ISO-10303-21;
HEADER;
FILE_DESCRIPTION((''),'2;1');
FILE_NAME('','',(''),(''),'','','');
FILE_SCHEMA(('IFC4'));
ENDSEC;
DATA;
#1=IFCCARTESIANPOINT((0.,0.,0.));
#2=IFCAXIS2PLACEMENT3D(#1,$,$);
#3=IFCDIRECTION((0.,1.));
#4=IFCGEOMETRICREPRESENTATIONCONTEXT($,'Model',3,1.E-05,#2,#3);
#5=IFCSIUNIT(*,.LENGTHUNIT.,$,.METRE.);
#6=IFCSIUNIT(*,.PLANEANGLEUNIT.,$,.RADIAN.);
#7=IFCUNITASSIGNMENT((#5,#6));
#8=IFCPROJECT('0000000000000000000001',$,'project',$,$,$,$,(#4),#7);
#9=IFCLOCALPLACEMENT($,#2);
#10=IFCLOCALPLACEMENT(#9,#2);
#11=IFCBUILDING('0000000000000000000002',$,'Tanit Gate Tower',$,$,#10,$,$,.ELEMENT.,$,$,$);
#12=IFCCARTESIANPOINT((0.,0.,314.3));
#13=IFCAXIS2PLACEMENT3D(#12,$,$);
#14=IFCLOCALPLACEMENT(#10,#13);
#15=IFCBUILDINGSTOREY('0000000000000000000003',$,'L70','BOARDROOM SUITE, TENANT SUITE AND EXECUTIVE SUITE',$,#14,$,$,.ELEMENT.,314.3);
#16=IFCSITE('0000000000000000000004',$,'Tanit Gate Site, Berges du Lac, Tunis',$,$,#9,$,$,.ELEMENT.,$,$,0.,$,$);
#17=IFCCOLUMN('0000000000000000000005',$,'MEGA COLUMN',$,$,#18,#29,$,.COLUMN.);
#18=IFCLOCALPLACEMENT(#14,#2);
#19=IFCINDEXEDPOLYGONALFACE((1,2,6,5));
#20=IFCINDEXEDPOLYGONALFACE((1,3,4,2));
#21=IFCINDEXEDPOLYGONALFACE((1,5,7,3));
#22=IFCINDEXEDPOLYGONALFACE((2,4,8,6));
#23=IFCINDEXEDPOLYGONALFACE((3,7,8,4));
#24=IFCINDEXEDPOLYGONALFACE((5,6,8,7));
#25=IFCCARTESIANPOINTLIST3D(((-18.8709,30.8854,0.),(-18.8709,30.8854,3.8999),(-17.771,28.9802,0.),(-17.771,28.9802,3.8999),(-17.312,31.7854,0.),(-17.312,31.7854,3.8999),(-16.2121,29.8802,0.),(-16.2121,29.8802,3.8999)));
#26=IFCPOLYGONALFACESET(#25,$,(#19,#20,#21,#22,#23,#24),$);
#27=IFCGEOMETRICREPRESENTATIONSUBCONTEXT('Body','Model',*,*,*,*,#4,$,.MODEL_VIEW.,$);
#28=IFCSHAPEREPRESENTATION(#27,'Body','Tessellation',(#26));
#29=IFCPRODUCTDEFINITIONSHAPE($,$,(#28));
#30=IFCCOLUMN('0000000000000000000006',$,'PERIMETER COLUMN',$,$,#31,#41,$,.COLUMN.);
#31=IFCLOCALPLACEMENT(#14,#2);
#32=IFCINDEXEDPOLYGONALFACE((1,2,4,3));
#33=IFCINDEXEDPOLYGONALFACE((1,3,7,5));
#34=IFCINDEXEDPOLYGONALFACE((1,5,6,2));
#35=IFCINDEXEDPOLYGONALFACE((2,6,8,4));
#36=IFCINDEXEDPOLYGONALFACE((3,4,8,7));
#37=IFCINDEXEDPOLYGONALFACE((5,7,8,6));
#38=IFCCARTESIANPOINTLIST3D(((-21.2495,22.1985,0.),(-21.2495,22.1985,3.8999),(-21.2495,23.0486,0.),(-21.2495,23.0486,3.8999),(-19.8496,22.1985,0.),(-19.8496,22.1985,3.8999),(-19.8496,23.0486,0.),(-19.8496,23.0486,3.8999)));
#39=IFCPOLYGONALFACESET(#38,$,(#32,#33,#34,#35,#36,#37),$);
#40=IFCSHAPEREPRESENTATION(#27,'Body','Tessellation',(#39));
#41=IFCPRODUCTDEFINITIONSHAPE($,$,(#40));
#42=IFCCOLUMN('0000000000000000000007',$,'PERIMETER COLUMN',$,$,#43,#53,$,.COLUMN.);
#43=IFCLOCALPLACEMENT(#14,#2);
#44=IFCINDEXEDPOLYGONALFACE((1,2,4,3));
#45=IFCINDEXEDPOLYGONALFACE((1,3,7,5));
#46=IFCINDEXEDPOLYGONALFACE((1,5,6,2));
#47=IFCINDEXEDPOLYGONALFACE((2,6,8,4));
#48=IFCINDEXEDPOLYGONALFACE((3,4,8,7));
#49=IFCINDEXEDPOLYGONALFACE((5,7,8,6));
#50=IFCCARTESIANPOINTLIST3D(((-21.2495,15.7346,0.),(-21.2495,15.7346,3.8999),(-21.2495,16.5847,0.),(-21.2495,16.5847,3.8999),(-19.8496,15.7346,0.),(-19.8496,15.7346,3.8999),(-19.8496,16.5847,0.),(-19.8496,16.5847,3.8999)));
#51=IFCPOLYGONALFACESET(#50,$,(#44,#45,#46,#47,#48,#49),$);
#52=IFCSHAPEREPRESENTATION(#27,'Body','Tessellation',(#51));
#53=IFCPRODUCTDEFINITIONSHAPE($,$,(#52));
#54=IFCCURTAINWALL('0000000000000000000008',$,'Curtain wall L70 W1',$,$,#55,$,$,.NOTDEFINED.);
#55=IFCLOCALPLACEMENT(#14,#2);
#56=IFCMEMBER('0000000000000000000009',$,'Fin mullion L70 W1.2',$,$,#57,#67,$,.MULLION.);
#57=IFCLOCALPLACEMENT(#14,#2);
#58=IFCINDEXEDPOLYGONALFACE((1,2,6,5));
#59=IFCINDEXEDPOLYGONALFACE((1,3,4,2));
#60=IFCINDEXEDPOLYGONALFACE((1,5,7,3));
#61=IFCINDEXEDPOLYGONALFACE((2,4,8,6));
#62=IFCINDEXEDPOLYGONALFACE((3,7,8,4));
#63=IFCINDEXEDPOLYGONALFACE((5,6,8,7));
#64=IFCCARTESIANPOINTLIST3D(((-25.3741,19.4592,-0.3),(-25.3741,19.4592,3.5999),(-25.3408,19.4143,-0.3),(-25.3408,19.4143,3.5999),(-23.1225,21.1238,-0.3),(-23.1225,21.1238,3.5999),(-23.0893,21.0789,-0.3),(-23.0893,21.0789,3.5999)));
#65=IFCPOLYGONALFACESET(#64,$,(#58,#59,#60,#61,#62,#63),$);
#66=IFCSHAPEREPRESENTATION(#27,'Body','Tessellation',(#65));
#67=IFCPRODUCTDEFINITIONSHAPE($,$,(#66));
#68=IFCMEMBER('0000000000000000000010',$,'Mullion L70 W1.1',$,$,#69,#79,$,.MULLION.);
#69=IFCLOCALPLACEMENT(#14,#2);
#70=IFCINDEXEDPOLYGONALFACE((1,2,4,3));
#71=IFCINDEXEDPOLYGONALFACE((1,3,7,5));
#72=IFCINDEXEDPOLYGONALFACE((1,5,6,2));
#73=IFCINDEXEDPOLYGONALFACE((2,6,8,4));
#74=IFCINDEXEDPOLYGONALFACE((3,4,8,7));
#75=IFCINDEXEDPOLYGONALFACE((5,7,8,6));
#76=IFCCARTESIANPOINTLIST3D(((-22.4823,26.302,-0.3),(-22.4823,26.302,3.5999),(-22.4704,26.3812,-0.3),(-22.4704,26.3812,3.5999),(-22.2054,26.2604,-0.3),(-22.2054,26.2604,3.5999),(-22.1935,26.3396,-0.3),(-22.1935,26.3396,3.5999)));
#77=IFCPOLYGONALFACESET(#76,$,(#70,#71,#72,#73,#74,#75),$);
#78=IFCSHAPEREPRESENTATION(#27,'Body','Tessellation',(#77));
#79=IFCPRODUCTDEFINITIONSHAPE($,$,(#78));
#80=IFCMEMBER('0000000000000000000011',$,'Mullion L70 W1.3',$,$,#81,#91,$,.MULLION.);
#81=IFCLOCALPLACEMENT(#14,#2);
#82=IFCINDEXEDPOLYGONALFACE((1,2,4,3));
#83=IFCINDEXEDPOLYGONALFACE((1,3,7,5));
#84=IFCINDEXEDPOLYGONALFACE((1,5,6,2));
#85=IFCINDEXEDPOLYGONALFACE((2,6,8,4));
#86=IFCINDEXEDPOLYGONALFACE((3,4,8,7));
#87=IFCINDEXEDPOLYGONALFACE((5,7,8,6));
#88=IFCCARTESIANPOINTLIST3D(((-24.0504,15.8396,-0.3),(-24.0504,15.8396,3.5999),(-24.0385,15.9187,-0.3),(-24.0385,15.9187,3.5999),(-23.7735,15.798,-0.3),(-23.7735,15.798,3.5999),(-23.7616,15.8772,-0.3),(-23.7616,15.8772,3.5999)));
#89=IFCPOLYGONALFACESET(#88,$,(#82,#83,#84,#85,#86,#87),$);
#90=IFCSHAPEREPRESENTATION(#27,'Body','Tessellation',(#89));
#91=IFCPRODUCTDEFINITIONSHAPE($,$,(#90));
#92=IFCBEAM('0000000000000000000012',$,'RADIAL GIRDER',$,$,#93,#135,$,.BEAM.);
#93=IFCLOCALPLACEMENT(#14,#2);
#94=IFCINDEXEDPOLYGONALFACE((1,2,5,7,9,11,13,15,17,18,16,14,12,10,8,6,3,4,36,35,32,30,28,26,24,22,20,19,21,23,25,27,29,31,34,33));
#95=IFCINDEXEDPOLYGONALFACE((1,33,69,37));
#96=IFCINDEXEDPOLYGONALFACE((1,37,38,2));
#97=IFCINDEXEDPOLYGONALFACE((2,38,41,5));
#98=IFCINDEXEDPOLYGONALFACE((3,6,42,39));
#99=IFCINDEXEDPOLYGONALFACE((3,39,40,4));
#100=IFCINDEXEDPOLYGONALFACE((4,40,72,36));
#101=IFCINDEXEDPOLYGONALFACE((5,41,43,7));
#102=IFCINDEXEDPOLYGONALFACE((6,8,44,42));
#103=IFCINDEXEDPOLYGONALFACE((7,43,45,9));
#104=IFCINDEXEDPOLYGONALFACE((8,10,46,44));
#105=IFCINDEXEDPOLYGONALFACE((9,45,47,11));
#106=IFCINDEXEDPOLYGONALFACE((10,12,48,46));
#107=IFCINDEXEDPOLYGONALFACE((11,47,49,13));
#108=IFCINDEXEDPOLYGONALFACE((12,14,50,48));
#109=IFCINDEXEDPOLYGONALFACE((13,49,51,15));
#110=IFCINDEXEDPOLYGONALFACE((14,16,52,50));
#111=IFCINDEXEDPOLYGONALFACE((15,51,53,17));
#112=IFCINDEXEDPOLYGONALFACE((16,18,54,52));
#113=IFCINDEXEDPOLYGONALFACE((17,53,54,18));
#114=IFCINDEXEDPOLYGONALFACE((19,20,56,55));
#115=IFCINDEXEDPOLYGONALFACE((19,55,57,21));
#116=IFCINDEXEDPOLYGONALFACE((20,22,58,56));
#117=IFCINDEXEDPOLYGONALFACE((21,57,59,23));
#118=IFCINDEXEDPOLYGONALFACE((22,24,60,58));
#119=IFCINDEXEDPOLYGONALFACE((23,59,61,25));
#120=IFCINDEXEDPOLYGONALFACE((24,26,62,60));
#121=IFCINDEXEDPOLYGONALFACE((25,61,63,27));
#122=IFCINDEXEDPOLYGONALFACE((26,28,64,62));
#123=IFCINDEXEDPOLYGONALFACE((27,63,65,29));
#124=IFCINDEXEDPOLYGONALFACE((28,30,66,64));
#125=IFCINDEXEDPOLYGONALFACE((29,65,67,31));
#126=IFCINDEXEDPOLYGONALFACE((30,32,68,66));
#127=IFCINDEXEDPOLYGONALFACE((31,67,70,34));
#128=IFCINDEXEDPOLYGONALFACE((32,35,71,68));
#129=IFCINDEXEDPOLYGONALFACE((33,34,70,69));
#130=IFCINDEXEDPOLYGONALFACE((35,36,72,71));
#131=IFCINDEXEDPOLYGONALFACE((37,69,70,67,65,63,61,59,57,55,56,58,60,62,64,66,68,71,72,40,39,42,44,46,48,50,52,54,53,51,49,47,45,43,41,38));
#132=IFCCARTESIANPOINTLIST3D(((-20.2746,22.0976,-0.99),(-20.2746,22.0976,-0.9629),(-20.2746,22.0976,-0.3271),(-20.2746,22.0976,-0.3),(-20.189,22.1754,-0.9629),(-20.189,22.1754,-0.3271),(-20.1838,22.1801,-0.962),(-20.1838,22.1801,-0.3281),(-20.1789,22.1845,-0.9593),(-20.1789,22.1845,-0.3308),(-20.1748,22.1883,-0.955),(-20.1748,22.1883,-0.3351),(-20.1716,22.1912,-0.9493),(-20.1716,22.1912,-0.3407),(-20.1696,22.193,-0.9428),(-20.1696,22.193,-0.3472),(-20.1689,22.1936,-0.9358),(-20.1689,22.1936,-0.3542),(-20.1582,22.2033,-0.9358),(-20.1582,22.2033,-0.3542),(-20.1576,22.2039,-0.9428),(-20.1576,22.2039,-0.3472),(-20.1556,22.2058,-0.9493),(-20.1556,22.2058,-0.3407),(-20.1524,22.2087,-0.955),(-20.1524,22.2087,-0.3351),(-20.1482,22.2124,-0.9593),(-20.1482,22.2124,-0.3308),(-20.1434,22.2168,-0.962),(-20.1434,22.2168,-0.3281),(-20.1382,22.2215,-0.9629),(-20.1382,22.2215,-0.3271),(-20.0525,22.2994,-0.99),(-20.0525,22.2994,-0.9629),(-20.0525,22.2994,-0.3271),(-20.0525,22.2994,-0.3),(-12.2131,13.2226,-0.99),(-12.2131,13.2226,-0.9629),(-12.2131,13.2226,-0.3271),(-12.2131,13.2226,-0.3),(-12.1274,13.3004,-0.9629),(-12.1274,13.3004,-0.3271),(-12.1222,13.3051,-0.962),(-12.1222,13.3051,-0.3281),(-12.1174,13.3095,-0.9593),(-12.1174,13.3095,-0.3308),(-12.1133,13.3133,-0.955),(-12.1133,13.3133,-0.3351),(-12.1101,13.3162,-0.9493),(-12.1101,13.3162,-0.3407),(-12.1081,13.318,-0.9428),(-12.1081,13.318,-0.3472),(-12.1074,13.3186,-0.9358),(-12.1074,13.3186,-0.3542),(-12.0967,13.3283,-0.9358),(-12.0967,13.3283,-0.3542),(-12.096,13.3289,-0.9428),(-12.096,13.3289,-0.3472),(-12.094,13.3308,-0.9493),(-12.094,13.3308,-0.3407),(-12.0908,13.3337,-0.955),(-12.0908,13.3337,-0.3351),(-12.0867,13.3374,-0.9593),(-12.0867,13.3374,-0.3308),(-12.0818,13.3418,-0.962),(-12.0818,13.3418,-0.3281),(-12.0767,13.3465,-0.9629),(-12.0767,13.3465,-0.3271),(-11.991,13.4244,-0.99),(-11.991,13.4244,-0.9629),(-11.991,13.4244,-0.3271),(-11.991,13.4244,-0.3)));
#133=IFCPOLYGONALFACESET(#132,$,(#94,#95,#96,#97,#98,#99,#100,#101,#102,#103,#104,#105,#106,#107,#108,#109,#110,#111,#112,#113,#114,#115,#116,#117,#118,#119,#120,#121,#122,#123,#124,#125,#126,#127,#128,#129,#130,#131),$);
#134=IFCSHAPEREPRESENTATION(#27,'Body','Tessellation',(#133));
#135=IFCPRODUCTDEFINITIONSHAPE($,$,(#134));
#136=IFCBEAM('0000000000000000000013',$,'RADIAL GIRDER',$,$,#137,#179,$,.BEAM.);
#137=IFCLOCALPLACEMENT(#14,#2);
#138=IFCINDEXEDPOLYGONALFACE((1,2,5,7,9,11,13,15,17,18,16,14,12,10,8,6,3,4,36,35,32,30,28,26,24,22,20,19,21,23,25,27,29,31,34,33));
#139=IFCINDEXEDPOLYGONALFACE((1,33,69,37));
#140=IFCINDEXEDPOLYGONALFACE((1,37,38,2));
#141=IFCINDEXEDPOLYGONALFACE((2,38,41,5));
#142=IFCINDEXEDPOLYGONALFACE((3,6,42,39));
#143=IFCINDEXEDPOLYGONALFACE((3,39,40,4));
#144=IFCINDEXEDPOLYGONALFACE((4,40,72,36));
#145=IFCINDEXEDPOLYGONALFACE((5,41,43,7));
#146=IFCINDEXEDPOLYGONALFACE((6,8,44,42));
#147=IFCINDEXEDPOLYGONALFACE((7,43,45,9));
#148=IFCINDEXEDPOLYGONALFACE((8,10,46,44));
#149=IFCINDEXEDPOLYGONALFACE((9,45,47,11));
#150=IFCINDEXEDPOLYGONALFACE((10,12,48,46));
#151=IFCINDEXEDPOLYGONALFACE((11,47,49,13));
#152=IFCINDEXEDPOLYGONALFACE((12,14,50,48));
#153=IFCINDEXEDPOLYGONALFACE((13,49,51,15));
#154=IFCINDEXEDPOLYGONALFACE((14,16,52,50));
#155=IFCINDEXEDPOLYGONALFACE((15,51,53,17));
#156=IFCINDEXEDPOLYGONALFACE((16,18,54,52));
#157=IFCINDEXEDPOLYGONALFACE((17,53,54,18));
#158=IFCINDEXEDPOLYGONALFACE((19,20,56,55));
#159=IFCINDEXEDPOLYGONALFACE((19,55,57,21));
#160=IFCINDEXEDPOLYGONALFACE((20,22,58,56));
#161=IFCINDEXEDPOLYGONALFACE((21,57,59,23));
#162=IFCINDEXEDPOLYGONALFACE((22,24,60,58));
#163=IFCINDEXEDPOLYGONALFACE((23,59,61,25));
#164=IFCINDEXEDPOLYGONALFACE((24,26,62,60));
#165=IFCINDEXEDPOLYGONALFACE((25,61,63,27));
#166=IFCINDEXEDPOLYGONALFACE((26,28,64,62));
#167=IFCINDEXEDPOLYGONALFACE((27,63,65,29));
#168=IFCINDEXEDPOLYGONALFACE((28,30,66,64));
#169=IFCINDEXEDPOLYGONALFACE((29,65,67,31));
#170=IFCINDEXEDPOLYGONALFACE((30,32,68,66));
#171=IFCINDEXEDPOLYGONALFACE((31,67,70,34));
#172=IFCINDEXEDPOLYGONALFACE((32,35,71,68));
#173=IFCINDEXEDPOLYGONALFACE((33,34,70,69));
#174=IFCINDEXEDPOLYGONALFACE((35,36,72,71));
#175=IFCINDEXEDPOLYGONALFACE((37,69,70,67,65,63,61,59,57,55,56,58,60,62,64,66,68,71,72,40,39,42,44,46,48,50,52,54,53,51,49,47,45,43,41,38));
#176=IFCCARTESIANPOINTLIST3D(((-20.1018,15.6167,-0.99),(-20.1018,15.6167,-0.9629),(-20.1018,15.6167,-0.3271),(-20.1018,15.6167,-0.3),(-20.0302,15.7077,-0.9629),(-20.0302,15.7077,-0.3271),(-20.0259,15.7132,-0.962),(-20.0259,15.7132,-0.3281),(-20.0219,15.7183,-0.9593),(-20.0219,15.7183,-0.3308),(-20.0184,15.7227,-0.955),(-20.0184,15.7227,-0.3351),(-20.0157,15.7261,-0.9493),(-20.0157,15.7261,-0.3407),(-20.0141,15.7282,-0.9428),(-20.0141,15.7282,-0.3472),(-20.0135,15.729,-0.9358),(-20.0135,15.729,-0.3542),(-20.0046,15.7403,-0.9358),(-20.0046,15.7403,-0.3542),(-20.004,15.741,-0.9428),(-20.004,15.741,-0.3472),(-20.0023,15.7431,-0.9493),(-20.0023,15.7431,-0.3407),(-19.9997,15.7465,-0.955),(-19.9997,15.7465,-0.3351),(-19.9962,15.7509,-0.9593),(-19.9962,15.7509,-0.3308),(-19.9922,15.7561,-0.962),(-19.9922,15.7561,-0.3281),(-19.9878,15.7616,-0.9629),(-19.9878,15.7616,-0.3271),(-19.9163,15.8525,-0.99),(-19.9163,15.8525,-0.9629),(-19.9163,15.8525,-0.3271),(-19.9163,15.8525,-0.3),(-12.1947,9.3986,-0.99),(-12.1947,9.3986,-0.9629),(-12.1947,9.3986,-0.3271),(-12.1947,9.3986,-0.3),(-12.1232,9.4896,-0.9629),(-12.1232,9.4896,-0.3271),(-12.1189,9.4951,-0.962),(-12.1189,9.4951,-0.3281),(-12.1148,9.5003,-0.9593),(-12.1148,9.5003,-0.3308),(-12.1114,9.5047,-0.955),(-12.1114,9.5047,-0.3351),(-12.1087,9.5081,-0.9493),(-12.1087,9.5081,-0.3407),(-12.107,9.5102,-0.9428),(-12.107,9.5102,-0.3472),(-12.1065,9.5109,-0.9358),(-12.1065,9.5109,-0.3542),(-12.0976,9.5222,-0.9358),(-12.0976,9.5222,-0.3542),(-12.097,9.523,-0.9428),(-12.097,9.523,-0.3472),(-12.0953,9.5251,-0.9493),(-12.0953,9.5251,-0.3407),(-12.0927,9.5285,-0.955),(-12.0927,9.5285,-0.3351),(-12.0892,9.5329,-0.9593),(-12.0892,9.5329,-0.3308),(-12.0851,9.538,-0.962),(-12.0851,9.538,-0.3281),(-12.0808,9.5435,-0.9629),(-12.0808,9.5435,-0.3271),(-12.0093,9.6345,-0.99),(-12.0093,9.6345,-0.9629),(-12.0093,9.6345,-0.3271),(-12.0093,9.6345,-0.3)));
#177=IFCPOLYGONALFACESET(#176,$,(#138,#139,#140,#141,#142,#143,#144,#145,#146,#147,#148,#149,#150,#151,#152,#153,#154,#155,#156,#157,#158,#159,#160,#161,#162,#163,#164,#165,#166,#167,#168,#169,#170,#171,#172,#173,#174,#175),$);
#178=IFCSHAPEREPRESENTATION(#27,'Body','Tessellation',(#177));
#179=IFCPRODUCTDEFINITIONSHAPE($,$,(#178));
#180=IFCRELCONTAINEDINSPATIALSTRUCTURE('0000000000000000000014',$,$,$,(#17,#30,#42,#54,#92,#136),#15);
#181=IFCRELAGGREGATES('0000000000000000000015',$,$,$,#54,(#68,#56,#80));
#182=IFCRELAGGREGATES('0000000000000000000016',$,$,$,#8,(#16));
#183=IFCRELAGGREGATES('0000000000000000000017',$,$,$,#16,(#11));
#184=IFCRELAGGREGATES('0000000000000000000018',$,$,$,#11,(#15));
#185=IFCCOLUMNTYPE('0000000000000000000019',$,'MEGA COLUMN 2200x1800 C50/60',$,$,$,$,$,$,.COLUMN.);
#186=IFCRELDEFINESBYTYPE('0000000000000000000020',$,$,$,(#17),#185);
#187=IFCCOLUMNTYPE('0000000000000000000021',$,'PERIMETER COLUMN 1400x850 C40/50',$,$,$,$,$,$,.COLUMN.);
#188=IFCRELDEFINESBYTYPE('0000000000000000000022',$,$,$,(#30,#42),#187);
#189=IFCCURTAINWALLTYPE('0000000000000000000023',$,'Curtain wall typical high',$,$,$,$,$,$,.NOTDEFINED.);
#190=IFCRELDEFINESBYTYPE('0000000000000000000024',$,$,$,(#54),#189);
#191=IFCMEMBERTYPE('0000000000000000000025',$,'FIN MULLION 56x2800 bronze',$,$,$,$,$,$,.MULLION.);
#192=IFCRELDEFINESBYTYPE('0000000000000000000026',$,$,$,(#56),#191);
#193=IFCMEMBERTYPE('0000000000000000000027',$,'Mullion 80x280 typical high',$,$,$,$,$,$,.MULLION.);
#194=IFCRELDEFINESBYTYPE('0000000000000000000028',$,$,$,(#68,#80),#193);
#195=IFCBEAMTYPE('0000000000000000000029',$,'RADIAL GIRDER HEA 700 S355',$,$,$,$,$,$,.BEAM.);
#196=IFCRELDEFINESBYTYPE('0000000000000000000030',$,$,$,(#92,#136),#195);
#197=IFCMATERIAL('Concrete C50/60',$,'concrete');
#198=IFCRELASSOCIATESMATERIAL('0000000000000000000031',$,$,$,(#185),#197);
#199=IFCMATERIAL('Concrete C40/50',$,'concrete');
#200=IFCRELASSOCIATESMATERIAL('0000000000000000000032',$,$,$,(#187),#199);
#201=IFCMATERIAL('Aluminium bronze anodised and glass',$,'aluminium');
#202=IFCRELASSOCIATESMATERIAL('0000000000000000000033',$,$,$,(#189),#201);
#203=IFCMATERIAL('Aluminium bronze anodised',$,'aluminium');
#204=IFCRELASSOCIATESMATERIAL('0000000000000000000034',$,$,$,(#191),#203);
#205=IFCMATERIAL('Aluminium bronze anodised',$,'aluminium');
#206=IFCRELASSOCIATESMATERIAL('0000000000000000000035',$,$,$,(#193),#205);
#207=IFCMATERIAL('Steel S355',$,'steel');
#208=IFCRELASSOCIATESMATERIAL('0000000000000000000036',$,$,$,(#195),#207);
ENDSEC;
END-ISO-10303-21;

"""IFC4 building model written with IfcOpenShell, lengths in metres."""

from ifc_helpers import new_model, si_unit, direction, frame, origin, origin_2d, place, context, subcontext, project, spatial, rectangle, i_section, extrude, material, material_profile, profile_set, type_object, element, aggregate, save


model = new_model("IFC4")

# Units and contexts
model_context = context("Model", 3, precision=1e-05, world=origin(), true_north=direction((0.0, 1.0)))
body_context = subcontext(model_context, "Body", "Model", "MODEL_VIEW")
ifc_project = project(units=[si_unit("LENGTHUNIT", "METRE"), si_unit("PLANEANGLEUNIT", "RADIAN")], contexts=[model_context])

# Site, building, storey
site_placement = place(None, origin())
site = spatial("IfcSite", under=ifc_project, at=site_placement, Name="Tanit Gate Site, Berges du Lac, Tunis", CompositionType="ELEMENT", RefElevation=0.0)
building_placement = place(site_placement, origin())
building = spatial("IfcBuilding", under=site, at=building_placement, Name="Tanit Gate Tower", CompositionType="ELEMENT")
storey_placement = place(building_placement, frame((0.0, 0.0, 314.3)))
storey = spatial("IfcBuildingStorey", under=building, at=storey_placement, Name="L70", Description="BOARDROOM SUITE, TENANT SUITE AND EXECUTIVE SUITE", CompositionType="ELEMENT", Elevation=314.3)

# Columns
ifc_material_1 = material(Name="Concrete C50/60", Category="concrete")
ifc_material_profile_1 = material_profile(ifc_material_1, rectangle(XDim=2.2, YDim=1.8, at=origin_2d()), Name="RC 2200x1800")
ifc_profile_set_1 = profile_set([ifc_material_profile_1], Name="Concrete C50/60")
column_type_1 = type_object("IfcColumnType", Name="MEGA COLUMN 2200x1800 C50/60", PredefinedType="COLUMN", material=ifc_profile_set_1)
column_placement = place(storey_placement, frame((-17.5415, 30.3828, 0.0), z_axis=(0.0, 0.0, 1.0), x_axis=(-0.5, 0.866025, 0.0)))
element("IfcColumn", 1, at=column_placement, inside=storey, type_object=column_type_1, Name="MEGA COLUMN", PredefinedType="COLUMN", context=body_context, shape_type="SweptSolid", body=[
    extrude(rectangle(XDim=2.2, YDim=1.8, at=origin_2d()), origin(), (0.0, 0.0, 1.0), 3.8999),
])
ifc_material_2 = material(Name="Concrete C40/50", Category="concrete")
ifc_material_profile_2 = material_profile(ifc_material_2, rectangle(XDim=1.3999, YDim=0.8501, at=origin_2d()), Name="RC 1400x850")
ifc_profile_set_2 = profile_set([ifc_material_profile_2], Name="Concrete C40/50")
column_type_2 = type_object("IfcColumnType", Name="PERIMETER COLUMN 1400x850 C40/50", PredefinedType="COLUMN", material=ifc_profile_set_2)
for number, where, z_axis, x_axis, name in (
    (2, (-20.5496, 22.6235, 0.0), (0.0, 0.0, 1.0), (-1.0, 0.0, 0.0), "PERIMETER COLUMN"),
    (3, (-20.5496, 16.1597, 0.0), (0.0, 0.0, 1.0), (-1.0, 0.0, 0.0), "PERIMETER COLUMN"),
):
    element("IfcColumn", number, at=place(storey_placement, frame(where, z_axis=z_axis, x_axis=x_axis)), inside=storey, type_object=column_type_2, Name=name, PredefinedType="COLUMN", context=body_context, shape_type="SweptSolid", body=[
        extrude(rectangle(XDim=1.3999, YDim=0.8501, at=origin_2d()), origin(), (0.0, 0.0, 1.0), 3.8999),
    ])

# Curtain wall, members
ifc_material_3 = material(Name="Aluminium bronze anodised and glass", Category="aluminium")
curtain_wall_type = type_object("IfcCurtainWallType", Name="Curtain wall typical high", PredefinedType="NOTDEFINED", material=ifc_material_3)
curtain_wall_1_placement = place(storey_placement, origin())
curtain_wall_1 = element("IfcCurtainWall", 4, at=curtain_wall_1_placement, inside=storey, type_object=curtain_wall_type, Name="Curtain wall L70 W1", PredefinedType="NOTDEFINED")
ifc_material_4 = material(Name="Aluminium bronze anodised", Category="aluminium")
ifc_material_profile_3 = material_profile(ifc_material_4, rectangle(XDim=2.8, YDim=0.0559, at=origin_2d()), Name="56x2800 bronze fin mullion")
ifc_profile_set_3 = profile_set([ifc_material_profile_3], Name="Aluminium bronze anodised")
member_type_1 = type_object("IfcMemberType", Name="FIN MULLION 56x2800 bronze", PredefinedType="MULLION", material=ifc_profile_set_3)
member_1_placement = place(storey_placement, frame((-24.2317, 20.269, -0.3), z_axis=(0.0, 0.0, 1.0), x_axis=(0.804109, 0.594482, 0.0)))
member_1 = element("IfcMember", 5, at=member_1_placement, type_object=member_type_1, Name="Fin mullion L70 W1.2", PredefinedType="MULLION", context=body_context, shape_type="SweptSolid", body=[
    extrude(rectangle(XDim=2.8, YDim=0.0559, at=origin_2d()), origin(), (0.0, 0.0, 1.0), 3.8999),
])
ifc_material_5 = material(Name="Aluminium bronze anodised", Category="aluminium")
ifc_material_profile_4 = material_profile(ifc_material_5, rectangle(XDim=0.28, YDim=0.0801, at=origin_2d()), Name="80x280 bronze mullion")
ifc_profile_set_4 = profile_set([ifc_material_profile_4], Name="Aluminium bronze anodised")
member_type_2 = type_object("IfcMemberType", Name="Mullion 80x280 typical high", PredefinedType="MULLION", material=ifc_profile_set_4)
member_2_placement = place(storey_placement, frame((-22.3379, 26.3208, -0.3), z_axis=(0.0, 0.0, 1.0), x_axis=(0.988953, -0.148229, 0.0)))
member_2 = element("IfcMember", 6, at=member_2_placement, type_object=member_type_2, Name="Mullion L70 W1.1", PredefinedType="MULLION", context=body_context, shape_type="SweptSolid", body=[
    extrude(rectangle(XDim=0.28, YDim=0.0801, at=origin_2d()), origin(), (0.0, 0.0, 1.0), 3.8999),
])
member_3_placement = place(storey_placement, frame((-23.906, 15.8584, -0.3), z_axis=(0.0, 0.0, 1.0), x_axis=(0.988953, -0.148229, 0.0)))
member_3 = element("IfcMember", 7, at=member_3_placement, type_object=member_type_2, Name="Mullion L70 W1.3", PredefinedType="MULLION", context=body_context, shape_type="SweptSolid", body=[
    extrude(rectangle(XDim=0.28, YDim=0.0801, at=origin_2d()), origin(), (0.0, 0.0, 1.0), 3.8999),
])

# Beams
ifc_material_6 = material(Name="Steel S355", Category="steel")
ifc_material_profile_5 = material_profile(ifc_material_6, i_section(OverallWidth=0.3, OverallDepth=0.6899, WebThickness=0.0144, FlangeThickness=0.0271, FilletRadius=0.0271, at=origin_2d()), Name="HEA 700")
ifc_profile_set_5 = profile_set([ifc_material_profile_5], Name="Steel S355")
beam_type_1 = type_object("IfcBeamType", Name="RADIAL GIRDER HEA 700 S355", PredefinedType="BEAM", material=ifc_profile_set_5)
beam_1_placement = place(storey_placement, frame((-20.1636, 22.1985, -0.645), z_axis=(0.672369, -0.740216, 0.0), x_axis=(0.740216, 0.672369, 0.0)))
element("IfcBeam", 8, at=beam_1_placement, inside=storey, type_object=beam_type_1, Name="RADIAL GIRDER", PredefinedType="BEAM", context=body_context, shape_type="SweptSolid", body=[
    extrude(i_section(OverallWidth=0.3, OverallDepth=0.6899, WebThickness=0.0144, FlangeThickness=0.0271, FilletRadius=0.0271, at=origin_2d()), origin(), (0.0, 0.0, 1.0), 11.9897),
])
beam_2_placement = place(storey_placement, frame((-20.009, 15.7346, -0.645), z_axis=(0.786058, -0.618153, 0.0), x_axis=(0.618153, 0.786058, 0.0)))
element("IfcBeam", 9, at=beam_2_placement, inside=storey, type_object=beam_type_1, Name="RADIAL GIRDER", PredefinedType="BEAM", context=body_context, shape_type="SweptSolid", body=[
    extrude(i_section(OverallWidth=0.3, OverallDepth=0.6899, WebThickness=0.0144, FlangeThickness=0.0271, FilletRadius=0.0271, at=origin_2d()), origin(), (0.0, 0.0, 1.0), 10.0591),
])

aggregate(curtain_wall_1, [member_2, member_1, member_3])

save(model, "model.ifc")
